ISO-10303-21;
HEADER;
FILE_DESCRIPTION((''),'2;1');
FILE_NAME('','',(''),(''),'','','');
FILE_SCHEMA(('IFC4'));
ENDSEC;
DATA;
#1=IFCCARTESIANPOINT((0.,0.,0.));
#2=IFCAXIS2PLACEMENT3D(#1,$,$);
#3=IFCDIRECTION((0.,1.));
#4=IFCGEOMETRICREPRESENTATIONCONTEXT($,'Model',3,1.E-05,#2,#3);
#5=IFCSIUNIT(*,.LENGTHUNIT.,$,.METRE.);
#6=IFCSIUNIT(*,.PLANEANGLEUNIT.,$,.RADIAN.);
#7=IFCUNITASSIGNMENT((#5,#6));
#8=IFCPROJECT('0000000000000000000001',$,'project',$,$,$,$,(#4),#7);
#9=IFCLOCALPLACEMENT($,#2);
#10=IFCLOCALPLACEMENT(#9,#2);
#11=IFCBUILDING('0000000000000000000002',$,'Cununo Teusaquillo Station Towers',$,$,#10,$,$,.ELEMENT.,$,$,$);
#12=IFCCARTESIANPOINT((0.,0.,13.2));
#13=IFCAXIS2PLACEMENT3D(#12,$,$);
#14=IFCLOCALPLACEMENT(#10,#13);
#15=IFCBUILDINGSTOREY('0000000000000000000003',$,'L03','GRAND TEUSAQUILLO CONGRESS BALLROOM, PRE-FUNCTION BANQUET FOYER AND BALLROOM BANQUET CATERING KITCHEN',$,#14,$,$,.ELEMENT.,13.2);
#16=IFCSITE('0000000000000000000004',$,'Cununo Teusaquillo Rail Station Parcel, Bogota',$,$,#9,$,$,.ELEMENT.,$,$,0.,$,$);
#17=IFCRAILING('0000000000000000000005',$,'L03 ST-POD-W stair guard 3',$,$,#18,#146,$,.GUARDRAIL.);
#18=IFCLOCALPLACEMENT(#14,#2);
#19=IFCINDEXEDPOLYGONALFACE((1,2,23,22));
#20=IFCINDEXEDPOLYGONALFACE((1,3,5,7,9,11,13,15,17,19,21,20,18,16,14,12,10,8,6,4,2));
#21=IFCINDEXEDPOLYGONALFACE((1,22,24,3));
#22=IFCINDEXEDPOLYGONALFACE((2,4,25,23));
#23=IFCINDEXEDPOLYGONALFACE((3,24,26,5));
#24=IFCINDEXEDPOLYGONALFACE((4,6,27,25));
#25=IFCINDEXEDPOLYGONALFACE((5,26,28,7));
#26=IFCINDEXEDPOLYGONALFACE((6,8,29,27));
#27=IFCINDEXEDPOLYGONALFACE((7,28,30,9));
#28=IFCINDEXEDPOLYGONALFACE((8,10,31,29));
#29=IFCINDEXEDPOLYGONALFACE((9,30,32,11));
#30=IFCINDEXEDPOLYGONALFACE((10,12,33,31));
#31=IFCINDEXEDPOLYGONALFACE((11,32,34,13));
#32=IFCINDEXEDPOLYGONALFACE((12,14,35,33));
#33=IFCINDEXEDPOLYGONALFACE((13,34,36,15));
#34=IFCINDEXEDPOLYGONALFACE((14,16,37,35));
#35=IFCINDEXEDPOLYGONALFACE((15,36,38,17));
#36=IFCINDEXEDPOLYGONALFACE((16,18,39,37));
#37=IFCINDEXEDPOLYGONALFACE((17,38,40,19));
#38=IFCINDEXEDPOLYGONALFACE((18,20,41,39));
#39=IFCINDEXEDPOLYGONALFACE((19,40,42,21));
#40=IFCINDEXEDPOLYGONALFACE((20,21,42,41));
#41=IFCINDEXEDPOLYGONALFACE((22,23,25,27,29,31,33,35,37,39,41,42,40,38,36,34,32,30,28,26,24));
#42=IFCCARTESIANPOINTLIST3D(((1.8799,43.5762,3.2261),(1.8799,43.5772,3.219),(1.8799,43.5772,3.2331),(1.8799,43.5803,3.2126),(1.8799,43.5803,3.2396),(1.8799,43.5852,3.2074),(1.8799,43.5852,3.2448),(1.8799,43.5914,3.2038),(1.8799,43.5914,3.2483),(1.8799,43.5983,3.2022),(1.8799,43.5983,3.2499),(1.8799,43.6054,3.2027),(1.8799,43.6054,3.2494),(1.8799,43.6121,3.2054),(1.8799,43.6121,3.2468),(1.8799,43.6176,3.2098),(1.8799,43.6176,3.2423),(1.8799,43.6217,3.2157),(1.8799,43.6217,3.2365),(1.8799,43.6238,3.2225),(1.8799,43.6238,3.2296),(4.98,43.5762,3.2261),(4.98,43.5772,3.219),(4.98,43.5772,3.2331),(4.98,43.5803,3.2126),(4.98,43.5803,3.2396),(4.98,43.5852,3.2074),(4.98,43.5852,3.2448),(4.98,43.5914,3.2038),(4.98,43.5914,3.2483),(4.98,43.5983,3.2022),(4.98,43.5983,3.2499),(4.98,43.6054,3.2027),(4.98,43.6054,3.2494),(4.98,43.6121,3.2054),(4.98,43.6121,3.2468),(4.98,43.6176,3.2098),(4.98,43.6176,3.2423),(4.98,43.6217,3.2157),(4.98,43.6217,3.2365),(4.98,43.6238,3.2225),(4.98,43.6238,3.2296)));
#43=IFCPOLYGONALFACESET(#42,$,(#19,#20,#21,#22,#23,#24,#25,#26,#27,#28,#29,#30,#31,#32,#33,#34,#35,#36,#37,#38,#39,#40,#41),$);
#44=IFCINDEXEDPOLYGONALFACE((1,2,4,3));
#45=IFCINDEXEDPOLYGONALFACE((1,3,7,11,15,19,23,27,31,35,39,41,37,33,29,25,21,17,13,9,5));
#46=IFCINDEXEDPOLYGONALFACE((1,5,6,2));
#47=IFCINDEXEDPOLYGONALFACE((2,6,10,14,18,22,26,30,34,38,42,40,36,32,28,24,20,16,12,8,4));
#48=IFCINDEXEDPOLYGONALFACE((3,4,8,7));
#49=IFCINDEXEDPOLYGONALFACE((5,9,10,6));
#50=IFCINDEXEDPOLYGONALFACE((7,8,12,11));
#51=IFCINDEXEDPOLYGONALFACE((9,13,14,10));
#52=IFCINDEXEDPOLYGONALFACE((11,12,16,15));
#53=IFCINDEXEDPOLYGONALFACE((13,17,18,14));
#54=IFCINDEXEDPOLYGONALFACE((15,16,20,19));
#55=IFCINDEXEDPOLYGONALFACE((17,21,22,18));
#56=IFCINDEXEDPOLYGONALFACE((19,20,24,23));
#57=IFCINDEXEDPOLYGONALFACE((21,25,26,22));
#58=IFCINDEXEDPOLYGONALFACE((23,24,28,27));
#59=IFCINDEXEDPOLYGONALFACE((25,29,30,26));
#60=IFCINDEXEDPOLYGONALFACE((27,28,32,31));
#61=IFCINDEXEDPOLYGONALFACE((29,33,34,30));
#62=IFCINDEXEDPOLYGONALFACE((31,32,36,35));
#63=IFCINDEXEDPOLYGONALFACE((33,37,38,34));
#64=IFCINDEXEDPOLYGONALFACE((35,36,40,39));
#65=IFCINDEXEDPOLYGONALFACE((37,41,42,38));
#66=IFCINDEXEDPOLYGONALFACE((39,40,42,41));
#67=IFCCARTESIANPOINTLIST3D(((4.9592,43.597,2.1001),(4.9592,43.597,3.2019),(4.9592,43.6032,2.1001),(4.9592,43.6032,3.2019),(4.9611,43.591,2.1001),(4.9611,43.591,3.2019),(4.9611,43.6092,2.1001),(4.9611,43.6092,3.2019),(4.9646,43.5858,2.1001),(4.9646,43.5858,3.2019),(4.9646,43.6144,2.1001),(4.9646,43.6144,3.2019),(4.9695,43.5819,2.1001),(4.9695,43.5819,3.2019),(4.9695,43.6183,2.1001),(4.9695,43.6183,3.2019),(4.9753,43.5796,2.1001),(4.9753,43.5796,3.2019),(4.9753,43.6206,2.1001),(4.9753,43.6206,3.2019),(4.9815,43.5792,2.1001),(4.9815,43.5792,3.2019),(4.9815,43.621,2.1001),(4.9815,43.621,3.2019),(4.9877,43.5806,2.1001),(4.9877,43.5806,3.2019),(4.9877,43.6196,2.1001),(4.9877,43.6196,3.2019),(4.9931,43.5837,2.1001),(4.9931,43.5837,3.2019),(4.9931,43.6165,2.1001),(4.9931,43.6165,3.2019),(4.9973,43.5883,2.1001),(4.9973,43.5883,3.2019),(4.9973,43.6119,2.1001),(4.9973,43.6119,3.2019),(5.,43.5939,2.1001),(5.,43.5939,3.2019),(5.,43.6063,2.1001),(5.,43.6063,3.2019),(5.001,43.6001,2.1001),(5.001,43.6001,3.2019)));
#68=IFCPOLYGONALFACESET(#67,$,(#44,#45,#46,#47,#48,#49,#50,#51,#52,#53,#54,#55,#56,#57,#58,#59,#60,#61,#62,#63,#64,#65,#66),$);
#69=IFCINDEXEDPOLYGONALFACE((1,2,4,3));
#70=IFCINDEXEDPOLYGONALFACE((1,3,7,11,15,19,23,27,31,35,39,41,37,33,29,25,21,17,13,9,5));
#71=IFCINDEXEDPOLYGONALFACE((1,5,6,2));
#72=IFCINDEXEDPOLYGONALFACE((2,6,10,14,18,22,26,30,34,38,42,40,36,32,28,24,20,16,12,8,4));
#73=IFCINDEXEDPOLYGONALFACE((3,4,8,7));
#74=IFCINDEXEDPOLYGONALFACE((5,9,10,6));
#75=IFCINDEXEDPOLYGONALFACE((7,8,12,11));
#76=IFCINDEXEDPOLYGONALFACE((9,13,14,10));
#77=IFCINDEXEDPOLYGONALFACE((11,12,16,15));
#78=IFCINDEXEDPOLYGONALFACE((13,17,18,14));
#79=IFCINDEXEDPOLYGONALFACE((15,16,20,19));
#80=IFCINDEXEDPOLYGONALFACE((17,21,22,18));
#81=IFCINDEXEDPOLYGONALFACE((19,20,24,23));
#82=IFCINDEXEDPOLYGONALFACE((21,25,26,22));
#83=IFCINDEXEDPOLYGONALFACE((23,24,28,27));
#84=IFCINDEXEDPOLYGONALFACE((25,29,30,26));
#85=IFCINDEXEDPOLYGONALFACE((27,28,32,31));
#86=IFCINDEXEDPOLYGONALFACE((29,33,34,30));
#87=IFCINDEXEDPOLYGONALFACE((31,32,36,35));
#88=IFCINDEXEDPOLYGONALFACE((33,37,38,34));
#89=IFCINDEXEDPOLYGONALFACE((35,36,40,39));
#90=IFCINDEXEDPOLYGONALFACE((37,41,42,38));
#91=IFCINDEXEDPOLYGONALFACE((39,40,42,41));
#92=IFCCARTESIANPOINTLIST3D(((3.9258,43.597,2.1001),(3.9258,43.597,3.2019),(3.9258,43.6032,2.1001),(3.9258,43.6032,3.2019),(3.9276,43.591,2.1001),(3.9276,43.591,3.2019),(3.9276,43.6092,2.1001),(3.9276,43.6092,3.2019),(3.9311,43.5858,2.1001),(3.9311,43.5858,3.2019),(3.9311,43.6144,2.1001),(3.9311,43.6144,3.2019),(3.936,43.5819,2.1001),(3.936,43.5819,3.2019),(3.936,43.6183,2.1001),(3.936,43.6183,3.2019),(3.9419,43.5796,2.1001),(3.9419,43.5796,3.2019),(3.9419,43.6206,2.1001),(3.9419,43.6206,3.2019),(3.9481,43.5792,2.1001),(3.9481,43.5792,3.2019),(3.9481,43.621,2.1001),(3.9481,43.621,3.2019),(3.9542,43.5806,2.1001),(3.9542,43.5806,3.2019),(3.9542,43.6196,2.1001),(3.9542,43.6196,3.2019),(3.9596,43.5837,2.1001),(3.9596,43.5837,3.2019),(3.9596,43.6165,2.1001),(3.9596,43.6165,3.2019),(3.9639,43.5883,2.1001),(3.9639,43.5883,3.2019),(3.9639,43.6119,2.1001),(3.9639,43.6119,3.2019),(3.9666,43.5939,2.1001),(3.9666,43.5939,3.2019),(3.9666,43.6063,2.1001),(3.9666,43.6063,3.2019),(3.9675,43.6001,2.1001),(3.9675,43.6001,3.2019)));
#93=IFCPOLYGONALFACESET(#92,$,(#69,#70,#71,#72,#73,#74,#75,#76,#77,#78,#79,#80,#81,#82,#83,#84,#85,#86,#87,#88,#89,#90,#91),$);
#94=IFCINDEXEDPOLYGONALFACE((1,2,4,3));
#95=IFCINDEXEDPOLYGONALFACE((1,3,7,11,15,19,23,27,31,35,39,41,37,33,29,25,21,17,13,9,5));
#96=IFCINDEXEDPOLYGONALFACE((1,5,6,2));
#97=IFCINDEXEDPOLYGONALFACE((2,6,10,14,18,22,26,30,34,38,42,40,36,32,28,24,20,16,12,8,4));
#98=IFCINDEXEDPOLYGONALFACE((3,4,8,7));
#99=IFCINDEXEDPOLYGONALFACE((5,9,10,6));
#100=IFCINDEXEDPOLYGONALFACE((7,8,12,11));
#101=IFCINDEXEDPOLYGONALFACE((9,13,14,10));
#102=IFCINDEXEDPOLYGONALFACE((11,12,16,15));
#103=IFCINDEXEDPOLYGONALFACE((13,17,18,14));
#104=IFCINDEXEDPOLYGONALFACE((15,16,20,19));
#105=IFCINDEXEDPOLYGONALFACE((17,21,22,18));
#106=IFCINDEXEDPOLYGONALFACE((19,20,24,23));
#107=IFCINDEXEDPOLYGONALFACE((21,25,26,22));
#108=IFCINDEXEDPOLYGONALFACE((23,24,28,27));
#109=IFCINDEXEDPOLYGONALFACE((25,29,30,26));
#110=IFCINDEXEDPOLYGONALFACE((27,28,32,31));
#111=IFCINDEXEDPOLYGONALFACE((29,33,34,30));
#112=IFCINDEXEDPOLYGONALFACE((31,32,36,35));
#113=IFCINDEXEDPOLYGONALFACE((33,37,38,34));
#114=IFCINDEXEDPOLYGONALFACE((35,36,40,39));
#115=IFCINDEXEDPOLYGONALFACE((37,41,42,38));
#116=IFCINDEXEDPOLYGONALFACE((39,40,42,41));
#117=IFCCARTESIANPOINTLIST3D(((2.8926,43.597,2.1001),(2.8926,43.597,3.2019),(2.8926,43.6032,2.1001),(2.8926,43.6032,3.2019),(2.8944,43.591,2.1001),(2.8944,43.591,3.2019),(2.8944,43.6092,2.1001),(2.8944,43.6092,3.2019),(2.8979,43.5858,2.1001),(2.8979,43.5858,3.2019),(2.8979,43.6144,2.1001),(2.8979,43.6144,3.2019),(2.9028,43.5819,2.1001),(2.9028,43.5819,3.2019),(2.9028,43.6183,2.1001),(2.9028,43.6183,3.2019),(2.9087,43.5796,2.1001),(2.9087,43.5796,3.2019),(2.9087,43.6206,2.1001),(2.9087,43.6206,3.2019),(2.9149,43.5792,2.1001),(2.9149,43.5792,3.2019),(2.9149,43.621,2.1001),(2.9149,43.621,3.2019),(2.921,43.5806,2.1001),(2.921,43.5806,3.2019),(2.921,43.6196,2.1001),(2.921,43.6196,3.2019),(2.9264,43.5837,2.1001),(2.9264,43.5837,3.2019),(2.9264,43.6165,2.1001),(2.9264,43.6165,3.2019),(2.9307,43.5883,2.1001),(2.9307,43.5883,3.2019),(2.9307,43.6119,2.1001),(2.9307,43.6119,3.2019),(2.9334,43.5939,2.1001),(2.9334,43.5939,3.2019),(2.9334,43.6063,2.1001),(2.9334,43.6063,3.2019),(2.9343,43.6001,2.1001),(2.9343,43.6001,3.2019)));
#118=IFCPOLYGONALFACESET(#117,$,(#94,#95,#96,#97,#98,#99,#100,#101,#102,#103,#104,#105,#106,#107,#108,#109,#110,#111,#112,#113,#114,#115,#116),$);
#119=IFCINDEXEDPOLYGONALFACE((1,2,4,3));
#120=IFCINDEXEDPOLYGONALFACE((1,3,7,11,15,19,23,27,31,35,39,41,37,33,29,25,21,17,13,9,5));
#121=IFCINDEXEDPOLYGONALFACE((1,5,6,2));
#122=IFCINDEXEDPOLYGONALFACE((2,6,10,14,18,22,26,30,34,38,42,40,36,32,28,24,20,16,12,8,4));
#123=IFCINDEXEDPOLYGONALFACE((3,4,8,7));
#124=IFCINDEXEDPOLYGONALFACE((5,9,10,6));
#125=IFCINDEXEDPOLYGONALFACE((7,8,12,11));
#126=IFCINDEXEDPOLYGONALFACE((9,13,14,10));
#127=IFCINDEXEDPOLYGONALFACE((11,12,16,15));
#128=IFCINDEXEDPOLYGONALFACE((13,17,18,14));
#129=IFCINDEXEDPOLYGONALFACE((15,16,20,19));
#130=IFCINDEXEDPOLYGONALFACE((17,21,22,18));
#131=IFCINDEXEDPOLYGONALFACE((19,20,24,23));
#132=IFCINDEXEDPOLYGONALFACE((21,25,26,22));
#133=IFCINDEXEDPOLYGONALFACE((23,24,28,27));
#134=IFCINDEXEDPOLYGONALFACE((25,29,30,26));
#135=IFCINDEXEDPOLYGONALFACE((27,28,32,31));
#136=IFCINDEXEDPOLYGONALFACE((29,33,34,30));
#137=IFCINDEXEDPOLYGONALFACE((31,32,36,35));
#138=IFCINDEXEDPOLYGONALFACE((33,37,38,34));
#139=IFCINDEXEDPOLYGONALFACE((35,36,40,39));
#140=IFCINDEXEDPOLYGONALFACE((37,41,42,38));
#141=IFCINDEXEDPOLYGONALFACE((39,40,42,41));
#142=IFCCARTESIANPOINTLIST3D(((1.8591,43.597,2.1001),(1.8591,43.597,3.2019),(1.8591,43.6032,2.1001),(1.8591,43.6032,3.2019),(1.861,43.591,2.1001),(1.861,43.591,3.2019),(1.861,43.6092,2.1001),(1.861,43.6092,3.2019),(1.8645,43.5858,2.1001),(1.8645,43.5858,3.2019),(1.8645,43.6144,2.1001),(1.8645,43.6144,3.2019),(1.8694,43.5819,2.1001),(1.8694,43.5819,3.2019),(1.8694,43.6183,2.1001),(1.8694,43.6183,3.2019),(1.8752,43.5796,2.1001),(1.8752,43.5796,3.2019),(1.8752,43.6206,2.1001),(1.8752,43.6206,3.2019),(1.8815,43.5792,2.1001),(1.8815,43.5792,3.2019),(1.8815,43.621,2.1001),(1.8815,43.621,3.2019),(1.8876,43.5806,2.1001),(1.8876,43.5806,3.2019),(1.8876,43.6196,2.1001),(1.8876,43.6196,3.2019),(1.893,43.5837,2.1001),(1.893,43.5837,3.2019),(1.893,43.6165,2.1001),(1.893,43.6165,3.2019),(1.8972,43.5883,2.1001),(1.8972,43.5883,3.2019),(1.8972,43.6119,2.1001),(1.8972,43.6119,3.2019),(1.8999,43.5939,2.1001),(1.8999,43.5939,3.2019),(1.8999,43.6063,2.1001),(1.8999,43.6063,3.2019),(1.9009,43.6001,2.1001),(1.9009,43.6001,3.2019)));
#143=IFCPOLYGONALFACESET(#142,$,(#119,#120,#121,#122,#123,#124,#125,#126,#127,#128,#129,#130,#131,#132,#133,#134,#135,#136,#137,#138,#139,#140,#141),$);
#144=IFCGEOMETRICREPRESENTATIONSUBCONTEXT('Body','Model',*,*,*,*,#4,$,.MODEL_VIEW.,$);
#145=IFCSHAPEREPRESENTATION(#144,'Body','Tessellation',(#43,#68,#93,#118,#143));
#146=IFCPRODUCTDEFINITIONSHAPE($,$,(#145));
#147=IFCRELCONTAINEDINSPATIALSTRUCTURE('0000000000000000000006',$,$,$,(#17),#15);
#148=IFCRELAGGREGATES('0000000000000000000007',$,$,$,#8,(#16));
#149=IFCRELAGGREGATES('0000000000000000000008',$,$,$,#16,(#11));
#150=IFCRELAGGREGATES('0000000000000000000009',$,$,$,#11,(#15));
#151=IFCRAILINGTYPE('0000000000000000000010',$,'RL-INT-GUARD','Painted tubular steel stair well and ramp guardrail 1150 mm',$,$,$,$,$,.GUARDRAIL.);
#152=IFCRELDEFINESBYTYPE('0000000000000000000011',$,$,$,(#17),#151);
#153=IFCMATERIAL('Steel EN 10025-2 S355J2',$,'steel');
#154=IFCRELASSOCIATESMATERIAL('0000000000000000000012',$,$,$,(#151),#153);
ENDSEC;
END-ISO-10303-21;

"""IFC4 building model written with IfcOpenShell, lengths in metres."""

from ifc_helpers import new_model, si_unit, direction, frame, origin, origin_2d, place, context, subcontext, project, spatial, circle, extrude, material, type_object, element, save


model = new_model("IFC4")

# Units and contexts
model_context = context("Model", 3, precision=1e-05, world=origin(), true_north=direction((0.0, 1.0)))
body_context = subcontext(model_context, "Body", "Model", "MODEL_VIEW")
ifc_project = project(units=[si_unit("LENGTHUNIT", "METRE"), si_unit("PLANEANGLEUNIT", "RADIAN")], contexts=[model_context])

# Site, building, storey
site_placement = place(None, origin())
site = spatial("IfcSite", under=ifc_project, at=site_placement, Name="Cununo Teusaquillo Rail Station Parcel, Bogota", CompositionType="ELEMENT", RefElevation=0.0)
building_placement = place(site_placement, origin())
building = spatial("IfcBuilding", under=site, at=building_placement, Name="Cununo Teusaquillo Station Towers", CompositionType="ELEMENT")
storey_placement = place(building_placement, frame((0.0, 0.0, 13.2)))
storey = spatial("IfcBuildingStorey", under=building, at=storey_placement, Name="L03", Description="GRAND TEUSAQUILLO CONGRESS BALLROOM, PRE-FUNCTION BANQUET FOYER AND BALLROOM BANQUET CATERING KITCHEN", CompositionType="ELEMENT", Elevation=13.2)

# Railing
ifc_material_1 = material(Name="Steel EN 10025-2 S355J2", Category="steel")
railing_type = type_object("IfcRailingType", Name="RL-INT-GUARD", Description="Painted tubular steel stair well and ramp guardrail 1150 mm", PredefinedType="GUARDRAIL", material=ifc_material_1)
railing_1_placement = place(storey_placement, frame((4.98, 43.6001, 2.1001)))
element("IfcRailing", 1, at=railing_1_placement, inside=storey, type_object=railing_type, Name="L03 ST-POD-W stair guard 3", PredefinedType="GUARDRAIL", context=body_context, shape_type="SweptSolid", body=[
    extrude(circle(Radius=0.0239, at=origin_2d()), frame((0.0, 0.0, 1.126), z_axis=(-1.0, 0.0, 0.0), x_axis=(0.0, -1.0, 0.0)), (0.0, 0.0, 1.0), 3.1001),
    extrude(circle(Radius=0.021, at=origin_2d()), origin(), (0.0, 0.0, 1.0), 1.1018),
    extrude(circle(Radius=0.021, at=origin_2d()), frame((-1.0334, 0.0, 0.0)), (0.0, 0.0, 1.0), 1.1018),
    extrude(circle(Radius=0.021, at=origin_2d()), frame((-2.0667, 0.0, 0.0)), (0.0, 0.0, 1.0), 1.1018),
    extrude(circle(Radius=0.021, at=origin_2d()), frame((-3.1001, 0.0, 0.0)), (0.0, 0.0, 1.0), 1.1018),
])

save(model, "model.ifc")
